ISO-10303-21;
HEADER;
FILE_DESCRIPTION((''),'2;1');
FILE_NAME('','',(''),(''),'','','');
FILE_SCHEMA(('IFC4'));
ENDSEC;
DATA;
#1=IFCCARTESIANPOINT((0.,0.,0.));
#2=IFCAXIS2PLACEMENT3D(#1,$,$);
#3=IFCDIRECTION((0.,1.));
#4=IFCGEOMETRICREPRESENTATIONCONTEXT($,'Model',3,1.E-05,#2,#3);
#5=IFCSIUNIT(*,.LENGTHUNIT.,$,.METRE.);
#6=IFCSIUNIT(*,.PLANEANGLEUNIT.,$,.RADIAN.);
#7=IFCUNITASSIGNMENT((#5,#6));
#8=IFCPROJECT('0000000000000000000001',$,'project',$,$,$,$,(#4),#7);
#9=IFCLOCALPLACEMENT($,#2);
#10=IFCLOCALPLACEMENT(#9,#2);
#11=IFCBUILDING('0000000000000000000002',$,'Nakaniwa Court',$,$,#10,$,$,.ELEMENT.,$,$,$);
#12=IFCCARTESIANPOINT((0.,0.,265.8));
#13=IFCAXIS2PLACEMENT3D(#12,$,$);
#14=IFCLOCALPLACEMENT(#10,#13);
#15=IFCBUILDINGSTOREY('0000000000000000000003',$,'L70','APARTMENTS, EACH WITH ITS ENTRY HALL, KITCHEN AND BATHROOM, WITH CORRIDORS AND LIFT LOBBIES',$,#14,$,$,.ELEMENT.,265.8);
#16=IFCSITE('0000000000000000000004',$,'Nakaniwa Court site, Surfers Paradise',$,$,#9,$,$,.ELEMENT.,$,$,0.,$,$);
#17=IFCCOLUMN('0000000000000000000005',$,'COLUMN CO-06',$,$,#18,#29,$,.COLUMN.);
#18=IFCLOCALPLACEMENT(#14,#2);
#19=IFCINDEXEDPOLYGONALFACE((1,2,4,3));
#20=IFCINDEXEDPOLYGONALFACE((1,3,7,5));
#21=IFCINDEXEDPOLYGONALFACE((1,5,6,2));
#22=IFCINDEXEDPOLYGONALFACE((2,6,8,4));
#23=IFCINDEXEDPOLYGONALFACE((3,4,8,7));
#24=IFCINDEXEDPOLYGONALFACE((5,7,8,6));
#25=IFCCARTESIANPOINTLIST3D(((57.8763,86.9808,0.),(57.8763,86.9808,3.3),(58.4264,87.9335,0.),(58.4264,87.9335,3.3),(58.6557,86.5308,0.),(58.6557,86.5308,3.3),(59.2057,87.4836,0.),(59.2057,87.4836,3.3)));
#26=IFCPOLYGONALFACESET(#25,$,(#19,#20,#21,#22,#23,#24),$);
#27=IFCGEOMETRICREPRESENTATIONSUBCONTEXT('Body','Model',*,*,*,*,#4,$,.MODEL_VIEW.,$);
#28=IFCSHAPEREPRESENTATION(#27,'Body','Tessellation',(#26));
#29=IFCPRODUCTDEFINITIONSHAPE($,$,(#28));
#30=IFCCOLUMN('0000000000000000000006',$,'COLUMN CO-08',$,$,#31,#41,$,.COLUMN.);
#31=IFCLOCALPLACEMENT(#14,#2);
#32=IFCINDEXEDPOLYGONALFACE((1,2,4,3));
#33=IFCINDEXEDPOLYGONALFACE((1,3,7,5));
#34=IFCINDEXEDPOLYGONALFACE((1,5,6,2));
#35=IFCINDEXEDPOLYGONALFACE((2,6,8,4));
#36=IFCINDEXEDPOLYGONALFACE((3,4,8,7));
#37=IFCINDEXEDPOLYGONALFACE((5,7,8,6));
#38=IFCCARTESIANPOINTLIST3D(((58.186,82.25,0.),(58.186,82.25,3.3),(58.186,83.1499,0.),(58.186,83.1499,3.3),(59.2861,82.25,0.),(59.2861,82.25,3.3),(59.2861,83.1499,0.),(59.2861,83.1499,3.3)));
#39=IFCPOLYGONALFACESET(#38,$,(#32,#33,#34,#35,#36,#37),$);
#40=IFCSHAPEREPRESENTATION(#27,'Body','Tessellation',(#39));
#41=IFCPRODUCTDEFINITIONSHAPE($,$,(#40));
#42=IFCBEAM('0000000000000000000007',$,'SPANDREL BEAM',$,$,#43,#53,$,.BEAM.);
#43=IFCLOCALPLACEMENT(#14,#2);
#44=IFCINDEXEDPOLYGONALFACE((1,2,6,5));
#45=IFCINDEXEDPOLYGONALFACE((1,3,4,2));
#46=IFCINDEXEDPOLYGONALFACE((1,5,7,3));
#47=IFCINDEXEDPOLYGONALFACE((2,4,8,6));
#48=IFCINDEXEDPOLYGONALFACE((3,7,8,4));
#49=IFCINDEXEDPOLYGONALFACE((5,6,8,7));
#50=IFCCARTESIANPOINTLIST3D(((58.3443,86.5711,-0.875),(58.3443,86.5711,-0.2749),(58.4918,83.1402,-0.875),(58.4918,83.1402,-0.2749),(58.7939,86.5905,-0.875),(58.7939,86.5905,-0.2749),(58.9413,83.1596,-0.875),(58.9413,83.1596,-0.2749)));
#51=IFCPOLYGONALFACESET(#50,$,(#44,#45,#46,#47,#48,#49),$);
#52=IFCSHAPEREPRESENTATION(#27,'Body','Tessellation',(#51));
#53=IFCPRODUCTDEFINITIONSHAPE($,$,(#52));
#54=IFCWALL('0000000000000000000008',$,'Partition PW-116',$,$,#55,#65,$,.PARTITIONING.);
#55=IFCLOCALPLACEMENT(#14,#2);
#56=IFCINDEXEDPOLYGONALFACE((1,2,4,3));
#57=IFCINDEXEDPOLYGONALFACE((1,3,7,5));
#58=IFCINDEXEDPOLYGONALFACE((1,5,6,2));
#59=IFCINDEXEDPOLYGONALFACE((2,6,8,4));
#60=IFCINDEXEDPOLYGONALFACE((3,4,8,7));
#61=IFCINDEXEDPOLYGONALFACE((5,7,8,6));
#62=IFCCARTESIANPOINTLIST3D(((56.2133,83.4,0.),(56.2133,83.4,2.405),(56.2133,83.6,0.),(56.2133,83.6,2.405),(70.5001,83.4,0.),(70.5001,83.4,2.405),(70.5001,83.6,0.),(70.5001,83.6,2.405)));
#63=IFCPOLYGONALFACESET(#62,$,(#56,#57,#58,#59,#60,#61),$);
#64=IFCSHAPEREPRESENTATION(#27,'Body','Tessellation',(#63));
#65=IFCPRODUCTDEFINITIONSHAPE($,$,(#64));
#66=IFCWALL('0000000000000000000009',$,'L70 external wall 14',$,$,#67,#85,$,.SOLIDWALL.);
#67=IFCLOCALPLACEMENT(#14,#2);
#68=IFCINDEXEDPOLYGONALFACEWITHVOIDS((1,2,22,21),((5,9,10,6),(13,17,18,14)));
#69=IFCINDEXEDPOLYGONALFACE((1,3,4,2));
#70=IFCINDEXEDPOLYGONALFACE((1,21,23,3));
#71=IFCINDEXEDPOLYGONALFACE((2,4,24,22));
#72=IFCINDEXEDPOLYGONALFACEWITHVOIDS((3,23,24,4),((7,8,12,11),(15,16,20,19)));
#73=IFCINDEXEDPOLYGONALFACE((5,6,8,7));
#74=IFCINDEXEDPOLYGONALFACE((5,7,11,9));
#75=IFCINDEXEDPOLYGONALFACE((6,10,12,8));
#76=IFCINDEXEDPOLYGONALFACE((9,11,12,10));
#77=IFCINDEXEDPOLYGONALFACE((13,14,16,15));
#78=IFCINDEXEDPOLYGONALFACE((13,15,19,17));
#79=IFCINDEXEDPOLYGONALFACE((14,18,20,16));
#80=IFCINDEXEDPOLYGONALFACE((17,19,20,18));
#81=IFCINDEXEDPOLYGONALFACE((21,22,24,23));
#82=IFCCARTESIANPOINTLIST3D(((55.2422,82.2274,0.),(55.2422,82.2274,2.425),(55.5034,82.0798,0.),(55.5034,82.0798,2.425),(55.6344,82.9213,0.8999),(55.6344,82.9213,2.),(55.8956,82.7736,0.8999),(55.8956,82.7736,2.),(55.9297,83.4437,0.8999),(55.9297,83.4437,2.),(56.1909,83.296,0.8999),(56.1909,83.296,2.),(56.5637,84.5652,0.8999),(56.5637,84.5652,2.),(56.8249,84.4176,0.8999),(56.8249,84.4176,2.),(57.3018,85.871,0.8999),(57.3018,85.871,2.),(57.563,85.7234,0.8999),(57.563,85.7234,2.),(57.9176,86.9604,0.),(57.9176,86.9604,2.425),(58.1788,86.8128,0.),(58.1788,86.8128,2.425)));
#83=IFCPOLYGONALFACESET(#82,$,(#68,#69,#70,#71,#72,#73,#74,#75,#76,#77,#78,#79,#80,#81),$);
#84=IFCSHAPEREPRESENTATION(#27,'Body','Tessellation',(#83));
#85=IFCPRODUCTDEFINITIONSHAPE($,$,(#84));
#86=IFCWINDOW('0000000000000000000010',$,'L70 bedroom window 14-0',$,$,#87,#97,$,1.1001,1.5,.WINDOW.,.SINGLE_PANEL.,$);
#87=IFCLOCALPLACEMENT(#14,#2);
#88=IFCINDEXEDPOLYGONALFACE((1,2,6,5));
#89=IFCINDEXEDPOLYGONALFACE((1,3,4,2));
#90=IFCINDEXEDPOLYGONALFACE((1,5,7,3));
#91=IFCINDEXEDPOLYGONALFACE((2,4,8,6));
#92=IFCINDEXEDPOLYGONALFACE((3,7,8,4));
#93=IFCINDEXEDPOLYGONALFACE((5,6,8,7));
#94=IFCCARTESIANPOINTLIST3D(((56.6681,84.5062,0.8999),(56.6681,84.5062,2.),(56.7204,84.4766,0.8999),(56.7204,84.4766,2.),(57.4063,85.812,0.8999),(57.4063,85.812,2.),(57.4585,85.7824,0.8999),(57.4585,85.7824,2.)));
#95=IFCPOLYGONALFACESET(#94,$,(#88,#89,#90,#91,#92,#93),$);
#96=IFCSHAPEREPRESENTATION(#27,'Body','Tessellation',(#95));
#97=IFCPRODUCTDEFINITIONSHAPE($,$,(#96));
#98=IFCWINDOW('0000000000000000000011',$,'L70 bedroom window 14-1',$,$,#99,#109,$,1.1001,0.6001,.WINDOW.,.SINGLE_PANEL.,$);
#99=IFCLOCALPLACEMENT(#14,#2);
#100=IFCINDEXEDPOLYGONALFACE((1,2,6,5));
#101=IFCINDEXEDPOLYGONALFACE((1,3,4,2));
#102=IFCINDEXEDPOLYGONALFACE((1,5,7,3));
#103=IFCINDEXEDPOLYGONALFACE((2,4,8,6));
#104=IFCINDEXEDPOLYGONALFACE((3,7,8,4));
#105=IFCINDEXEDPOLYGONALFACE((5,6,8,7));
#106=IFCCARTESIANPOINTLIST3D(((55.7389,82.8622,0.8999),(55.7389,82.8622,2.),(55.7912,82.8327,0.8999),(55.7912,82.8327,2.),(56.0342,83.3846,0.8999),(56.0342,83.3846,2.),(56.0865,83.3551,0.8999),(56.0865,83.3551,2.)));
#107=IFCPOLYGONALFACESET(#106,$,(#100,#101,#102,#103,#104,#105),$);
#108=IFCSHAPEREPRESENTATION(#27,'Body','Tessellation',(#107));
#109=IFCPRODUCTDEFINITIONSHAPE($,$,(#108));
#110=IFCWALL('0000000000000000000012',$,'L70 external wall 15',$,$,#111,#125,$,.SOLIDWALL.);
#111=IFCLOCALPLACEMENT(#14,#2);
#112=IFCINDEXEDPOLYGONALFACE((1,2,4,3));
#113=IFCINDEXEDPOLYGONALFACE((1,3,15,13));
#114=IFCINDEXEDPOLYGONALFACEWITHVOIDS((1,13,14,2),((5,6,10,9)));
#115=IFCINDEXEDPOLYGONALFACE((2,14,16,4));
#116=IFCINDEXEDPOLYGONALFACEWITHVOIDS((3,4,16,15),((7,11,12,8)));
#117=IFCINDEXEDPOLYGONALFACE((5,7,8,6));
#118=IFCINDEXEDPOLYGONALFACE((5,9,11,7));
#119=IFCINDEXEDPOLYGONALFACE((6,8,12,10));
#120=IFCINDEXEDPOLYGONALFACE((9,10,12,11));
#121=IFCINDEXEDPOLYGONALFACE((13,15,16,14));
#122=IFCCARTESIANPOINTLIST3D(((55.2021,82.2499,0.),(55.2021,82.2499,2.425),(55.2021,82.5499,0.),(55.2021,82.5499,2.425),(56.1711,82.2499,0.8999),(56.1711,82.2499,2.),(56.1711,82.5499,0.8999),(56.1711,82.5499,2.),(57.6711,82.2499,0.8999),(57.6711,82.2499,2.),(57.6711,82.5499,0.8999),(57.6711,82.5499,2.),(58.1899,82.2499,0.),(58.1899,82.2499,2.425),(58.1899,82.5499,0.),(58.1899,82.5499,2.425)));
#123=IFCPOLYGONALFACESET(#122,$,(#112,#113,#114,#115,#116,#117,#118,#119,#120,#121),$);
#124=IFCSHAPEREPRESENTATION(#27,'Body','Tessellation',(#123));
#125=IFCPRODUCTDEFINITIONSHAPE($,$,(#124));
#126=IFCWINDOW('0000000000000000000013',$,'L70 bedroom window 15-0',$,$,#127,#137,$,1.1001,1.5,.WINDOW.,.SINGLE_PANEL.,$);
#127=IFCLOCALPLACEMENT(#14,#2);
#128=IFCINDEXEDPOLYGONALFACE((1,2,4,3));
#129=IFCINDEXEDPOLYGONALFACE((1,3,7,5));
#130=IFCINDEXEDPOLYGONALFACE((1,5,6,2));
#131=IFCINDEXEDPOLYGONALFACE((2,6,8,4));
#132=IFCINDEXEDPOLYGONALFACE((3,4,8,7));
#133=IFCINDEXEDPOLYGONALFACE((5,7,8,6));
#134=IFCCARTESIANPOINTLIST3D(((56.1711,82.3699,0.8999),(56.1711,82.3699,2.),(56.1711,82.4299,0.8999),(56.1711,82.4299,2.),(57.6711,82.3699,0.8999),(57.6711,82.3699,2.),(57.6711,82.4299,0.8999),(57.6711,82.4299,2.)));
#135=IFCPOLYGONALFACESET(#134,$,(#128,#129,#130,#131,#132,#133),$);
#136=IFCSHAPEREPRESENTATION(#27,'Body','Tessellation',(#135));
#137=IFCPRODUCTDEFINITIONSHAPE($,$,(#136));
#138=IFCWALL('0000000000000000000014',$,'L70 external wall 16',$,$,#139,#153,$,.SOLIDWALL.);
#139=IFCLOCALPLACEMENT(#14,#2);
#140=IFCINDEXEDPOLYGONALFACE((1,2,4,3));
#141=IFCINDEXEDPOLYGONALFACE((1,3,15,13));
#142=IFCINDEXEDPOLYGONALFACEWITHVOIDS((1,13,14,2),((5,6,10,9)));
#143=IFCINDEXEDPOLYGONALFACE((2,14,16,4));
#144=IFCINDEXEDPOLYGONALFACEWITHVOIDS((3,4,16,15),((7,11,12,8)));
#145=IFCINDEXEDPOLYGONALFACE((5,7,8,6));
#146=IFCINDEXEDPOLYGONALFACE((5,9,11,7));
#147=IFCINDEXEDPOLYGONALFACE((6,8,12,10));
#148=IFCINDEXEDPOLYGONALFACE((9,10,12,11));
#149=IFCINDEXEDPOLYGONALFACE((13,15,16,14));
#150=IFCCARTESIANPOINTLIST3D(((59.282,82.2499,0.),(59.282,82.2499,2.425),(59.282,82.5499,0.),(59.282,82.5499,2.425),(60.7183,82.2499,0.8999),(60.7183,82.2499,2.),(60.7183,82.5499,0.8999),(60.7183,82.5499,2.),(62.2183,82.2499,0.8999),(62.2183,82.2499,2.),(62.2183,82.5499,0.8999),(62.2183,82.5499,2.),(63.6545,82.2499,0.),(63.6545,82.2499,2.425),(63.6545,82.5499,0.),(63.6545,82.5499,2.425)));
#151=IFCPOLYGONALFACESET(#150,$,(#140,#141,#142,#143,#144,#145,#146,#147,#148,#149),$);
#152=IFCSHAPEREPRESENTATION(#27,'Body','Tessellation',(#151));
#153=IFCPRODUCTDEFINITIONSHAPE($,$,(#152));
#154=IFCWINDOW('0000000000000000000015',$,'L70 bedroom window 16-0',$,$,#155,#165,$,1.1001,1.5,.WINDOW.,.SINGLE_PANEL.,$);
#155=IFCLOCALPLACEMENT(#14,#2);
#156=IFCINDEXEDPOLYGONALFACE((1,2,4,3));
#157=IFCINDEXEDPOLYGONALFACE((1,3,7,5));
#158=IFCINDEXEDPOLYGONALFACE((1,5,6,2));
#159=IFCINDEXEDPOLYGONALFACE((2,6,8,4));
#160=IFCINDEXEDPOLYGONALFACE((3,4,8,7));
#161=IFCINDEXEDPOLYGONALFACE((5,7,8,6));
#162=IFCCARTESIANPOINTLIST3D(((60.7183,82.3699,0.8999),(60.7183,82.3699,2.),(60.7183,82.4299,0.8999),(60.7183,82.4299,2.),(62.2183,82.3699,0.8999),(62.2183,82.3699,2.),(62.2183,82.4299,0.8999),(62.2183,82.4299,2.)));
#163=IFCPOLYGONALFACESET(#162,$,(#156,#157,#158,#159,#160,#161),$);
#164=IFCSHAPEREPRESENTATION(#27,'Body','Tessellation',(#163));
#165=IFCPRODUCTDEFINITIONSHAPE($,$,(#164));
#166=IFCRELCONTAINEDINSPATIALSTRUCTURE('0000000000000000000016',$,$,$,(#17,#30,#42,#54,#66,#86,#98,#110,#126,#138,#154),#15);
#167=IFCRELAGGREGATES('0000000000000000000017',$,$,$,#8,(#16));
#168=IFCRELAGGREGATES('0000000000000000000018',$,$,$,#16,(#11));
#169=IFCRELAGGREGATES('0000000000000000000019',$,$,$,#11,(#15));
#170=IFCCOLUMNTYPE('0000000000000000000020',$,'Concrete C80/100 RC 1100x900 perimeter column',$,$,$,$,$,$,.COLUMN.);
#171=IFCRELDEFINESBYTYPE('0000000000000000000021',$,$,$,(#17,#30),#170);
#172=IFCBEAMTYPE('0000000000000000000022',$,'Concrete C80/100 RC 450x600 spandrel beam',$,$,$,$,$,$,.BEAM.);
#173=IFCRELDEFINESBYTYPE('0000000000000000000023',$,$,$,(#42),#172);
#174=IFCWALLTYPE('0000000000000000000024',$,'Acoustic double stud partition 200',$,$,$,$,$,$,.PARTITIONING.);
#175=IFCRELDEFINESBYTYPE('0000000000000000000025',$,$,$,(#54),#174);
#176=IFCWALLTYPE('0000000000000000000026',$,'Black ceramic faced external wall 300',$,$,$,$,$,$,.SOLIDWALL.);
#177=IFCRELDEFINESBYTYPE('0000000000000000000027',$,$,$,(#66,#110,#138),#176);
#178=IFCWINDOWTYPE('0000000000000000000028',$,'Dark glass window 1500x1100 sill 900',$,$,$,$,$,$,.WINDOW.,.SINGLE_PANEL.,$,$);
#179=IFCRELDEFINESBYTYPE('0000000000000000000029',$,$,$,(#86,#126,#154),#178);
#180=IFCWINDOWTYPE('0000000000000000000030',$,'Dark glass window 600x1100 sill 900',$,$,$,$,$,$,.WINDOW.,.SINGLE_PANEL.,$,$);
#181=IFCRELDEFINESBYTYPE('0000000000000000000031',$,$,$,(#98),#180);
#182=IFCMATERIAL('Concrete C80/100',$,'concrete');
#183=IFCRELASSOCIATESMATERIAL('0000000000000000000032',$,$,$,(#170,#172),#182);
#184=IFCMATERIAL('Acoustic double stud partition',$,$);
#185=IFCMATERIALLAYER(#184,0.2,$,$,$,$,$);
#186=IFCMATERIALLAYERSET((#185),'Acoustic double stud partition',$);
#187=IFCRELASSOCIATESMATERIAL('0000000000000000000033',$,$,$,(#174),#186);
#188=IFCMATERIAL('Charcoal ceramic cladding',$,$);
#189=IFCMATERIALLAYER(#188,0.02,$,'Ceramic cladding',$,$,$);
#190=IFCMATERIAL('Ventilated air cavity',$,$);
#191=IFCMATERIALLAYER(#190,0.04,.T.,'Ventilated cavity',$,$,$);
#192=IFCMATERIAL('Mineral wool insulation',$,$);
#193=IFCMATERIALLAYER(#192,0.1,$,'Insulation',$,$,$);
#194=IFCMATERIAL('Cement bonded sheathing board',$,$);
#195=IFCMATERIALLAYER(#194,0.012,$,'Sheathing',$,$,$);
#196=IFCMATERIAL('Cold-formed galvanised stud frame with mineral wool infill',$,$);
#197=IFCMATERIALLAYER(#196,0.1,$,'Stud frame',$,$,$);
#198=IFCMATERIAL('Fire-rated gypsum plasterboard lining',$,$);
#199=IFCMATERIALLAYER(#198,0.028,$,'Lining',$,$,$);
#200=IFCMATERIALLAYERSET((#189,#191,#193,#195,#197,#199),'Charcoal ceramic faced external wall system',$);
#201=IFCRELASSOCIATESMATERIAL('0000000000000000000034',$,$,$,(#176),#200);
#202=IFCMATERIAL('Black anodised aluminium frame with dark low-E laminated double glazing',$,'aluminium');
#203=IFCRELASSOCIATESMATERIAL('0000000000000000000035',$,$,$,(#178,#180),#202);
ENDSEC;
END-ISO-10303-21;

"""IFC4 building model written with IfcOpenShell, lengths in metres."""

from ifc_helpers import new_model, si_unit, direction, frame, frame_2d, origin, origin_2d, place, context, subcontext, project, spatial, rectangle, extrude, material, layer, layer_set, material_profile, profile_set, type_object, element, fill, save


model = new_model("IFC4")

# Units and contexts
model_context = context("Model", 3, precision=1e-05, world=origin(), true_north=direction((0.0, 1.0)))
body_context = subcontext(model_context, "Body", "Model", "MODEL_VIEW")
ifc_project = project(units=[si_unit("LENGTHUNIT", "METRE"), si_unit("PLANEANGLEUNIT", "RADIAN")], contexts=[model_context])

# Site, building, storey
site_placement = place(None, origin())
site = spatial("IfcSite", under=ifc_project, at=site_placement, Name="Nakaniwa Court site, Surfers Paradise", CompositionType="ELEMENT", RefElevation=0.0)
building_placement = place(site_placement, origin())
building = spatial("IfcBuilding", under=site, at=building_placement, Name="Nakaniwa Court", CompositionType="ELEMENT")
storey_placement = place(building_placement, frame((0.0, 0.0, 265.8)))
storey = spatial("IfcBuildingStorey", under=building, at=storey_placement, Name="L70", Description="APARTMENTS, EACH WITH ITS ENTRY HALL, KITCHEN AND BATHROOM, WITH CORRIDORS AND LIFT LOBBIES", CompositionType="ELEMENT", Elevation=265.8)

# Columns
ifc_material_1 = material(Name="Concrete C80/100", Category="concrete")
ifc_material_profile_1 = material_profile(ifc_material_1, rectangle(XDim=1.1001, YDim=0.8999, at=origin_2d()), Name="Concrete C80/100 RC 1100x900 perimeter column")
ifc_profile_set_1 = profile_set([ifc_material_profile_1], Name="Concrete C80/100")
column_type = type_object("IfcColumnType", Name="Concrete C80/100 RC 1100x900 perimeter column", PredefinedType="COLUMN", material=ifc_profile_set_1)
for number, where, z_axis, x_axis, name in (
    (1, (58.541, 87.2322, 0.0), (0.0, 0.0, 1.0), (-0.5, -0.866025, 0.0), "COLUMN CO-06"),
    (2, (58.7361, 82.7, 0.0), (0.0, 0.0, 1.0), (1.0, 0.0, 0.0), "COLUMN CO-08"),
):
    element("IfcColumn", number, at=place(storey_placement, frame(where, z_axis=z_axis, x_axis=x_axis)), inside=storey, type_object=column_type, Name=name, PredefinedType="COLUMN", context=body_context, shape_type="SweptSolid", body=[
        extrude(rectangle(XDim=1.1001, YDim=0.8999, at=origin_2d()), origin(), (0.0, 0.0, 1.0), 3.3),
    ])

# Beam
ifc_material_profile_2 = material_profile(ifc_material_1, rectangle(XDim=0.45, YDim=0.6001, at=origin_2d()), Name="Concrete C80/100 RC 450x600 spandrel beam")
ifc_profile_set_2 = profile_set([ifc_material_profile_2], Name="Concrete C80/100")
beam_type = type_object("IfcBeamType", Name="Concrete C80/100 RC 450x600 spandrel beam", PredefinedType="BEAM", material=ifc_profile_set_2)
beam_placement = place(storey_placement, frame((58.5691, 86.5808, -0.575), z_axis=(0.042941, -0.999078, 0.0), x_axis=(0.999078, 0.042941, 0.0)))
element("IfcBeam", 3, at=beam_placement, inside=storey, type_object=beam_type, Name="SPANDREL BEAM", PredefinedType="BEAM", context=body_context, shape_type="SweptSolid", body=[
    extrude(rectangle(XDim=0.45, YDim=0.6001, at=origin_2d()), origin(), (0.0, 0.0, 1.0), 3.4341),
])

# Wall
ifc_material_2 = material(Name="Acoustic double stud partition")
ifc_layer_1 = layer(ifc_material_2, 0.2)
ifc_layer_set_1 = layer_set([ifc_layer_1], Name="Acoustic double stud partition")
wall_type_1 = type_object("IfcWallType", Name="Acoustic double stud partition 200", PredefinedType="PARTITIONING", material=ifc_layer_set_1)
wall_1_placement = place(storey_placement, frame((56.2131, 83.5, 0.0), z_axis=(0.0, 0.0, 1.0), x_axis=(1.0, 0.0, 0.0)))
element("IfcWall", 4, at=wall_1_placement, inside=storey, type_object=wall_type_1, Name="Partition PW-116", PredefinedType="PARTITIONING", context=body_context, shape_type="SweptSolid", body=[
    extrude(rectangle(XDim=14.2869, YDim=0.2, at=frame_2d((7.1436, 0.0))), origin(), (0.0, 0.0, 1.0), 2.405),
])

# Wall, openings, windows
ifc_material_3 = material(Name="Charcoal ceramic cladding")
ifc_layer_2 = layer(ifc_material_3, 0.02, Name="Ceramic cladding")
ifc_material_4 = material(Name="Ventilated air cavity")
ifc_layer_3 = layer(ifc_material_4, 0.04, ventilated=True, Name="Ventilated cavity")
ifc_material_5 = material(Name="Mineral wool insulation")
ifc_layer_4 = layer(ifc_material_5, 0.1, Name="Insulation")
ifc_material_6 = material(Name="Cement bonded sheathing board")
ifc_layer_5 = layer(ifc_material_6, 0.012, Name="Sheathing")
ifc_material_7 = material(Name="Cold-formed galvanised stud frame with mineral wool infill")
ifc_layer_6 = layer(ifc_material_7, 0.1, Name="Stud frame")
ifc_material_8 = material(Name="Fire-rated gypsum plasterboard lining")
ifc_layer_7 = layer(ifc_material_8, 0.028, Name="Lining")
ifc_layer_set_2 = layer_set([ifc_layer_2, ifc_layer_3, ifc_layer_4, ifc_layer_5, ifc_layer_6, ifc_layer_7], Name="Charcoal ceramic faced external wall system")
wall_type_2 = type_object("IfcWallType", Name="Black ceramic faced external wall 300", PredefinedType="SOLIDWALL", material=ifc_layer_set_2)
wall_2_placement = place(storey_placement, frame((58.0481, 86.8865, 0.0), z_axis=(0.0, 0.0, 1.0), x_axis=(-0.492081, -0.870549, 0.0)))
wall_2 = element("IfcWall", 5, at=wall_2_placement, inside=storey, type_object=wall_type_2, Name="L70 external wall 14", PredefinedType="SOLIDWALL", context=body_context, shape_type="SweptSolid", body=[
    extrude(rectangle(XDim=5.4368, YDim=0.3, at=frame_2d((2.7183, 0.0))), origin(), (0.0, 0.0, 1.0), 2.425),
])
opening_1_placement = place(wall_2_placement, frame((1.2512, 0.0, 0.8999)))
opening_1 = element("IfcOpeningElement", 6, at=opening_1_placement, cuts=wall_2, PredefinedType="OPENING", context=body_context, shape_type="SweptSolid", body=[
    extrude(rectangle(XDim=1.5, YDim=1.1001, at=frame_2d((0.75, 0.55))), frame((0.0, 0.1599, 0.0), z_axis=(0.0, -1.0, 0.0), x_axis=(1.0, 0.0, 0.0)), (0.0, 0.0, 1.0), 0.3201),
])
opening_2_placement = place(wall_2_placement, frame((4.0396, 0.0, 0.8999)))
opening_2 = element("IfcOpeningElement", 7, at=opening_2_placement, cuts=wall_2, PredefinedType="OPENING", context=body_context, shape_type="SweptSolid", body=[
    extrude(rectangle(XDim=0.6001, YDim=1.1001, at=frame_2d((0.3, 0.55))), frame((0.0, 0.1599, 0.0), z_axis=(0.0, -1.0, 0.0), x_axis=(1.0, 0.0, 0.0)), (0.0, 0.0, 1.0), 0.3201),
])
ifc_material_9 = material(Name="Black anodised aluminium frame with dark low-E laminated double glazing", Category="aluminium")
window_type_1 = type_object("IfcWindowType", Name="Dark glass window 1500x1100 sill 900", PartitioningType="SINGLE_PANEL", PredefinedType="WINDOW", material=ifc_material_9)
window_1_placement = place(opening_1_placement, origin())
window_1 = element("IfcWindow", 8, at=window_1_placement, inside=storey, type_object=window_type_1, Name="L70 bedroom window 14-0", OverallHeight=1.1001, OverallWidth=1.5, PartitioningType="SINGLE_PANEL", PredefinedType="WINDOW", context=body_context, shape_type="SweptSolid", body=[
    extrude(rectangle(XDim=1.5, YDim=1.1001, at=frame_2d((0.75, 0.55))), frame((0.0, 0.03, 0.0), z_axis=(0.0, -1.0, 0.0), x_axis=(1.0, 0.0, 0.0)), (0.0, 0.0, 1.0), 0.0601),
])
fill(opening_1, window_1)
window_type_2 = type_object("IfcWindowType", Name="Dark glass window 600x1100 sill 900", PartitioningType="SINGLE_PANEL", PredefinedType="WINDOW", material=ifc_material_9)
window_2_placement = place(opening_2_placement, origin())
window_2 = element("IfcWindow", 9, at=window_2_placement, inside=storey, type_object=window_type_2, Name="L70 bedroom window 14-1", OverallHeight=1.1001, OverallWidth=0.6001, PartitioningType="SINGLE_PANEL", PredefinedType="WINDOW", context=body_context, shape_type="SweptSolid", body=[
    extrude(rectangle(XDim=0.6001, YDim=1.1001, at=frame_2d((0.3, 0.55))), frame((0.0, 0.03, 0.0), z_axis=(0.0, -1.0, 0.0), x_axis=(1.0, 0.0, 0.0)), (0.0, 0.0, 1.0), 0.0601),
])
fill(opening_2, window_2)

# Walls, openings, windows
wall_3_placement = place(storey_placement, frame((55.2021, 82.3999, 0.0), z_axis=(0.0, 0.0, 1.0), x_axis=(1.0, 0.0, 0.0)))
wall_3 = element("IfcWall", 10, at=wall_3_placement, inside=storey, type_object=wall_type_2, Name="L70 external wall 15", PredefinedType="SOLIDWALL", context=body_context, shape_type="SweptSolid", body=[
    extrude(rectangle(XDim=2.9878, YDim=0.3, at=frame_2d((1.4939, 0.0))), origin(), (0.0, 0.0, 1.0), 2.425),
])
opening_3_placement = place(wall_3_placement, frame((0.969, 0.0, 0.8999)))
opening_3 = element("IfcOpeningElement", 11, at=opening_3_placement, cuts=wall_3, PredefinedType="OPENING", context=body_context, shape_type="SweptSolid", body=[
    extrude(rectangle(XDim=1.5, YDim=1.1001, at=frame_2d((0.75, 0.55))), frame((0.0, 0.1599, 0.0), z_axis=(0.0, -1.0, 0.0), x_axis=(1.0, 0.0, 0.0)), (0.0, 0.0, 1.0), 0.3201),
])
window_3_placement = place(opening_3_placement, origin())
window_3 = element("IfcWindow", 12, at=window_3_placement, inside=storey, type_object=window_type_1, Name="L70 bedroom window 15-0", OverallHeight=1.1001, OverallWidth=1.5, PartitioningType="SINGLE_PANEL", PredefinedType="WINDOW", context=body_context, shape_type="SweptSolid", body=[
    extrude(rectangle(XDim=1.5, YDim=1.1001, at=frame_2d((0.75, 0.55))), frame((0.0, 0.03, 0.0), z_axis=(0.0, -1.0, 0.0), x_axis=(1.0, 0.0, 0.0)), (0.0, 0.0, 1.0), 0.0601),
])
fill(opening_3, window_3)
wall_4_placement = place(storey_placement, frame((59.282, 82.3999, 0.0), z_axis=(0.0, 0.0, 1.0), x_axis=(1.0, 0.0, 0.0)))
wall_4 = element("IfcWall", 13, at=wall_4_placement, inside=storey, type_object=wall_type_2, Name="L70 external wall 16", PredefinedType="SOLIDWALL", context=body_context, shape_type="SweptSolid", body=[
    extrude(rectangle(XDim=4.3726, YDim=0.3, at=frame_2d((2.1863, 0.0))), origin(), (0.0, 0.0, 1.0), 2.425),
])
opening_4_placement = place(wall_4_placement, frame((1.4363, 0.0, 0.8999)))
opening_4 = element("IfcOpeningElement", 14, at=opening_4_placement, cuts=wall_4, PredefinedType="OPENING", context=body_context, shape_type="SweptSolid", body=[
    extrude(rectangle(XDim=1.5, YDim=1.1001, at=frame_2d((0.75, 0.55))), frame((0.0, 0.1599, 0.0), z_axis=(0.0, -1.0, 0.0), x_axis=(1.0, 0.0, 0.0)), (0.0, 0.0, 1.0), 0.3201),
])
window_4_placement = place(opening_4_placement, origin())
window_4 = element("IfcWindow", 15, at=window_4_placement, inside=storey, type_object=window_type_1, Name="L70 bedroom window 16-0", OverallHeight=1.1001, OverallWidth=1.5, PartitioningType="SINGLE_PANEL", PredefinedType="WINDOW", context=body_context, shape_type="SweptSolid", body=[
    extrude(rectangle(XDim=1.5, YDim=1.1001, at=frame_2d((0.75, 0.55))), frame((0.0, 0.03, 0.0), z_axis=(0.0, -1.0, 0.0), x_axis=(1.0, 0.0, 0.0)), (0.0, 0.0, 1.0), 0.0601),
])
fill(opening_4, window_4)

save(model, "model.ifc")
